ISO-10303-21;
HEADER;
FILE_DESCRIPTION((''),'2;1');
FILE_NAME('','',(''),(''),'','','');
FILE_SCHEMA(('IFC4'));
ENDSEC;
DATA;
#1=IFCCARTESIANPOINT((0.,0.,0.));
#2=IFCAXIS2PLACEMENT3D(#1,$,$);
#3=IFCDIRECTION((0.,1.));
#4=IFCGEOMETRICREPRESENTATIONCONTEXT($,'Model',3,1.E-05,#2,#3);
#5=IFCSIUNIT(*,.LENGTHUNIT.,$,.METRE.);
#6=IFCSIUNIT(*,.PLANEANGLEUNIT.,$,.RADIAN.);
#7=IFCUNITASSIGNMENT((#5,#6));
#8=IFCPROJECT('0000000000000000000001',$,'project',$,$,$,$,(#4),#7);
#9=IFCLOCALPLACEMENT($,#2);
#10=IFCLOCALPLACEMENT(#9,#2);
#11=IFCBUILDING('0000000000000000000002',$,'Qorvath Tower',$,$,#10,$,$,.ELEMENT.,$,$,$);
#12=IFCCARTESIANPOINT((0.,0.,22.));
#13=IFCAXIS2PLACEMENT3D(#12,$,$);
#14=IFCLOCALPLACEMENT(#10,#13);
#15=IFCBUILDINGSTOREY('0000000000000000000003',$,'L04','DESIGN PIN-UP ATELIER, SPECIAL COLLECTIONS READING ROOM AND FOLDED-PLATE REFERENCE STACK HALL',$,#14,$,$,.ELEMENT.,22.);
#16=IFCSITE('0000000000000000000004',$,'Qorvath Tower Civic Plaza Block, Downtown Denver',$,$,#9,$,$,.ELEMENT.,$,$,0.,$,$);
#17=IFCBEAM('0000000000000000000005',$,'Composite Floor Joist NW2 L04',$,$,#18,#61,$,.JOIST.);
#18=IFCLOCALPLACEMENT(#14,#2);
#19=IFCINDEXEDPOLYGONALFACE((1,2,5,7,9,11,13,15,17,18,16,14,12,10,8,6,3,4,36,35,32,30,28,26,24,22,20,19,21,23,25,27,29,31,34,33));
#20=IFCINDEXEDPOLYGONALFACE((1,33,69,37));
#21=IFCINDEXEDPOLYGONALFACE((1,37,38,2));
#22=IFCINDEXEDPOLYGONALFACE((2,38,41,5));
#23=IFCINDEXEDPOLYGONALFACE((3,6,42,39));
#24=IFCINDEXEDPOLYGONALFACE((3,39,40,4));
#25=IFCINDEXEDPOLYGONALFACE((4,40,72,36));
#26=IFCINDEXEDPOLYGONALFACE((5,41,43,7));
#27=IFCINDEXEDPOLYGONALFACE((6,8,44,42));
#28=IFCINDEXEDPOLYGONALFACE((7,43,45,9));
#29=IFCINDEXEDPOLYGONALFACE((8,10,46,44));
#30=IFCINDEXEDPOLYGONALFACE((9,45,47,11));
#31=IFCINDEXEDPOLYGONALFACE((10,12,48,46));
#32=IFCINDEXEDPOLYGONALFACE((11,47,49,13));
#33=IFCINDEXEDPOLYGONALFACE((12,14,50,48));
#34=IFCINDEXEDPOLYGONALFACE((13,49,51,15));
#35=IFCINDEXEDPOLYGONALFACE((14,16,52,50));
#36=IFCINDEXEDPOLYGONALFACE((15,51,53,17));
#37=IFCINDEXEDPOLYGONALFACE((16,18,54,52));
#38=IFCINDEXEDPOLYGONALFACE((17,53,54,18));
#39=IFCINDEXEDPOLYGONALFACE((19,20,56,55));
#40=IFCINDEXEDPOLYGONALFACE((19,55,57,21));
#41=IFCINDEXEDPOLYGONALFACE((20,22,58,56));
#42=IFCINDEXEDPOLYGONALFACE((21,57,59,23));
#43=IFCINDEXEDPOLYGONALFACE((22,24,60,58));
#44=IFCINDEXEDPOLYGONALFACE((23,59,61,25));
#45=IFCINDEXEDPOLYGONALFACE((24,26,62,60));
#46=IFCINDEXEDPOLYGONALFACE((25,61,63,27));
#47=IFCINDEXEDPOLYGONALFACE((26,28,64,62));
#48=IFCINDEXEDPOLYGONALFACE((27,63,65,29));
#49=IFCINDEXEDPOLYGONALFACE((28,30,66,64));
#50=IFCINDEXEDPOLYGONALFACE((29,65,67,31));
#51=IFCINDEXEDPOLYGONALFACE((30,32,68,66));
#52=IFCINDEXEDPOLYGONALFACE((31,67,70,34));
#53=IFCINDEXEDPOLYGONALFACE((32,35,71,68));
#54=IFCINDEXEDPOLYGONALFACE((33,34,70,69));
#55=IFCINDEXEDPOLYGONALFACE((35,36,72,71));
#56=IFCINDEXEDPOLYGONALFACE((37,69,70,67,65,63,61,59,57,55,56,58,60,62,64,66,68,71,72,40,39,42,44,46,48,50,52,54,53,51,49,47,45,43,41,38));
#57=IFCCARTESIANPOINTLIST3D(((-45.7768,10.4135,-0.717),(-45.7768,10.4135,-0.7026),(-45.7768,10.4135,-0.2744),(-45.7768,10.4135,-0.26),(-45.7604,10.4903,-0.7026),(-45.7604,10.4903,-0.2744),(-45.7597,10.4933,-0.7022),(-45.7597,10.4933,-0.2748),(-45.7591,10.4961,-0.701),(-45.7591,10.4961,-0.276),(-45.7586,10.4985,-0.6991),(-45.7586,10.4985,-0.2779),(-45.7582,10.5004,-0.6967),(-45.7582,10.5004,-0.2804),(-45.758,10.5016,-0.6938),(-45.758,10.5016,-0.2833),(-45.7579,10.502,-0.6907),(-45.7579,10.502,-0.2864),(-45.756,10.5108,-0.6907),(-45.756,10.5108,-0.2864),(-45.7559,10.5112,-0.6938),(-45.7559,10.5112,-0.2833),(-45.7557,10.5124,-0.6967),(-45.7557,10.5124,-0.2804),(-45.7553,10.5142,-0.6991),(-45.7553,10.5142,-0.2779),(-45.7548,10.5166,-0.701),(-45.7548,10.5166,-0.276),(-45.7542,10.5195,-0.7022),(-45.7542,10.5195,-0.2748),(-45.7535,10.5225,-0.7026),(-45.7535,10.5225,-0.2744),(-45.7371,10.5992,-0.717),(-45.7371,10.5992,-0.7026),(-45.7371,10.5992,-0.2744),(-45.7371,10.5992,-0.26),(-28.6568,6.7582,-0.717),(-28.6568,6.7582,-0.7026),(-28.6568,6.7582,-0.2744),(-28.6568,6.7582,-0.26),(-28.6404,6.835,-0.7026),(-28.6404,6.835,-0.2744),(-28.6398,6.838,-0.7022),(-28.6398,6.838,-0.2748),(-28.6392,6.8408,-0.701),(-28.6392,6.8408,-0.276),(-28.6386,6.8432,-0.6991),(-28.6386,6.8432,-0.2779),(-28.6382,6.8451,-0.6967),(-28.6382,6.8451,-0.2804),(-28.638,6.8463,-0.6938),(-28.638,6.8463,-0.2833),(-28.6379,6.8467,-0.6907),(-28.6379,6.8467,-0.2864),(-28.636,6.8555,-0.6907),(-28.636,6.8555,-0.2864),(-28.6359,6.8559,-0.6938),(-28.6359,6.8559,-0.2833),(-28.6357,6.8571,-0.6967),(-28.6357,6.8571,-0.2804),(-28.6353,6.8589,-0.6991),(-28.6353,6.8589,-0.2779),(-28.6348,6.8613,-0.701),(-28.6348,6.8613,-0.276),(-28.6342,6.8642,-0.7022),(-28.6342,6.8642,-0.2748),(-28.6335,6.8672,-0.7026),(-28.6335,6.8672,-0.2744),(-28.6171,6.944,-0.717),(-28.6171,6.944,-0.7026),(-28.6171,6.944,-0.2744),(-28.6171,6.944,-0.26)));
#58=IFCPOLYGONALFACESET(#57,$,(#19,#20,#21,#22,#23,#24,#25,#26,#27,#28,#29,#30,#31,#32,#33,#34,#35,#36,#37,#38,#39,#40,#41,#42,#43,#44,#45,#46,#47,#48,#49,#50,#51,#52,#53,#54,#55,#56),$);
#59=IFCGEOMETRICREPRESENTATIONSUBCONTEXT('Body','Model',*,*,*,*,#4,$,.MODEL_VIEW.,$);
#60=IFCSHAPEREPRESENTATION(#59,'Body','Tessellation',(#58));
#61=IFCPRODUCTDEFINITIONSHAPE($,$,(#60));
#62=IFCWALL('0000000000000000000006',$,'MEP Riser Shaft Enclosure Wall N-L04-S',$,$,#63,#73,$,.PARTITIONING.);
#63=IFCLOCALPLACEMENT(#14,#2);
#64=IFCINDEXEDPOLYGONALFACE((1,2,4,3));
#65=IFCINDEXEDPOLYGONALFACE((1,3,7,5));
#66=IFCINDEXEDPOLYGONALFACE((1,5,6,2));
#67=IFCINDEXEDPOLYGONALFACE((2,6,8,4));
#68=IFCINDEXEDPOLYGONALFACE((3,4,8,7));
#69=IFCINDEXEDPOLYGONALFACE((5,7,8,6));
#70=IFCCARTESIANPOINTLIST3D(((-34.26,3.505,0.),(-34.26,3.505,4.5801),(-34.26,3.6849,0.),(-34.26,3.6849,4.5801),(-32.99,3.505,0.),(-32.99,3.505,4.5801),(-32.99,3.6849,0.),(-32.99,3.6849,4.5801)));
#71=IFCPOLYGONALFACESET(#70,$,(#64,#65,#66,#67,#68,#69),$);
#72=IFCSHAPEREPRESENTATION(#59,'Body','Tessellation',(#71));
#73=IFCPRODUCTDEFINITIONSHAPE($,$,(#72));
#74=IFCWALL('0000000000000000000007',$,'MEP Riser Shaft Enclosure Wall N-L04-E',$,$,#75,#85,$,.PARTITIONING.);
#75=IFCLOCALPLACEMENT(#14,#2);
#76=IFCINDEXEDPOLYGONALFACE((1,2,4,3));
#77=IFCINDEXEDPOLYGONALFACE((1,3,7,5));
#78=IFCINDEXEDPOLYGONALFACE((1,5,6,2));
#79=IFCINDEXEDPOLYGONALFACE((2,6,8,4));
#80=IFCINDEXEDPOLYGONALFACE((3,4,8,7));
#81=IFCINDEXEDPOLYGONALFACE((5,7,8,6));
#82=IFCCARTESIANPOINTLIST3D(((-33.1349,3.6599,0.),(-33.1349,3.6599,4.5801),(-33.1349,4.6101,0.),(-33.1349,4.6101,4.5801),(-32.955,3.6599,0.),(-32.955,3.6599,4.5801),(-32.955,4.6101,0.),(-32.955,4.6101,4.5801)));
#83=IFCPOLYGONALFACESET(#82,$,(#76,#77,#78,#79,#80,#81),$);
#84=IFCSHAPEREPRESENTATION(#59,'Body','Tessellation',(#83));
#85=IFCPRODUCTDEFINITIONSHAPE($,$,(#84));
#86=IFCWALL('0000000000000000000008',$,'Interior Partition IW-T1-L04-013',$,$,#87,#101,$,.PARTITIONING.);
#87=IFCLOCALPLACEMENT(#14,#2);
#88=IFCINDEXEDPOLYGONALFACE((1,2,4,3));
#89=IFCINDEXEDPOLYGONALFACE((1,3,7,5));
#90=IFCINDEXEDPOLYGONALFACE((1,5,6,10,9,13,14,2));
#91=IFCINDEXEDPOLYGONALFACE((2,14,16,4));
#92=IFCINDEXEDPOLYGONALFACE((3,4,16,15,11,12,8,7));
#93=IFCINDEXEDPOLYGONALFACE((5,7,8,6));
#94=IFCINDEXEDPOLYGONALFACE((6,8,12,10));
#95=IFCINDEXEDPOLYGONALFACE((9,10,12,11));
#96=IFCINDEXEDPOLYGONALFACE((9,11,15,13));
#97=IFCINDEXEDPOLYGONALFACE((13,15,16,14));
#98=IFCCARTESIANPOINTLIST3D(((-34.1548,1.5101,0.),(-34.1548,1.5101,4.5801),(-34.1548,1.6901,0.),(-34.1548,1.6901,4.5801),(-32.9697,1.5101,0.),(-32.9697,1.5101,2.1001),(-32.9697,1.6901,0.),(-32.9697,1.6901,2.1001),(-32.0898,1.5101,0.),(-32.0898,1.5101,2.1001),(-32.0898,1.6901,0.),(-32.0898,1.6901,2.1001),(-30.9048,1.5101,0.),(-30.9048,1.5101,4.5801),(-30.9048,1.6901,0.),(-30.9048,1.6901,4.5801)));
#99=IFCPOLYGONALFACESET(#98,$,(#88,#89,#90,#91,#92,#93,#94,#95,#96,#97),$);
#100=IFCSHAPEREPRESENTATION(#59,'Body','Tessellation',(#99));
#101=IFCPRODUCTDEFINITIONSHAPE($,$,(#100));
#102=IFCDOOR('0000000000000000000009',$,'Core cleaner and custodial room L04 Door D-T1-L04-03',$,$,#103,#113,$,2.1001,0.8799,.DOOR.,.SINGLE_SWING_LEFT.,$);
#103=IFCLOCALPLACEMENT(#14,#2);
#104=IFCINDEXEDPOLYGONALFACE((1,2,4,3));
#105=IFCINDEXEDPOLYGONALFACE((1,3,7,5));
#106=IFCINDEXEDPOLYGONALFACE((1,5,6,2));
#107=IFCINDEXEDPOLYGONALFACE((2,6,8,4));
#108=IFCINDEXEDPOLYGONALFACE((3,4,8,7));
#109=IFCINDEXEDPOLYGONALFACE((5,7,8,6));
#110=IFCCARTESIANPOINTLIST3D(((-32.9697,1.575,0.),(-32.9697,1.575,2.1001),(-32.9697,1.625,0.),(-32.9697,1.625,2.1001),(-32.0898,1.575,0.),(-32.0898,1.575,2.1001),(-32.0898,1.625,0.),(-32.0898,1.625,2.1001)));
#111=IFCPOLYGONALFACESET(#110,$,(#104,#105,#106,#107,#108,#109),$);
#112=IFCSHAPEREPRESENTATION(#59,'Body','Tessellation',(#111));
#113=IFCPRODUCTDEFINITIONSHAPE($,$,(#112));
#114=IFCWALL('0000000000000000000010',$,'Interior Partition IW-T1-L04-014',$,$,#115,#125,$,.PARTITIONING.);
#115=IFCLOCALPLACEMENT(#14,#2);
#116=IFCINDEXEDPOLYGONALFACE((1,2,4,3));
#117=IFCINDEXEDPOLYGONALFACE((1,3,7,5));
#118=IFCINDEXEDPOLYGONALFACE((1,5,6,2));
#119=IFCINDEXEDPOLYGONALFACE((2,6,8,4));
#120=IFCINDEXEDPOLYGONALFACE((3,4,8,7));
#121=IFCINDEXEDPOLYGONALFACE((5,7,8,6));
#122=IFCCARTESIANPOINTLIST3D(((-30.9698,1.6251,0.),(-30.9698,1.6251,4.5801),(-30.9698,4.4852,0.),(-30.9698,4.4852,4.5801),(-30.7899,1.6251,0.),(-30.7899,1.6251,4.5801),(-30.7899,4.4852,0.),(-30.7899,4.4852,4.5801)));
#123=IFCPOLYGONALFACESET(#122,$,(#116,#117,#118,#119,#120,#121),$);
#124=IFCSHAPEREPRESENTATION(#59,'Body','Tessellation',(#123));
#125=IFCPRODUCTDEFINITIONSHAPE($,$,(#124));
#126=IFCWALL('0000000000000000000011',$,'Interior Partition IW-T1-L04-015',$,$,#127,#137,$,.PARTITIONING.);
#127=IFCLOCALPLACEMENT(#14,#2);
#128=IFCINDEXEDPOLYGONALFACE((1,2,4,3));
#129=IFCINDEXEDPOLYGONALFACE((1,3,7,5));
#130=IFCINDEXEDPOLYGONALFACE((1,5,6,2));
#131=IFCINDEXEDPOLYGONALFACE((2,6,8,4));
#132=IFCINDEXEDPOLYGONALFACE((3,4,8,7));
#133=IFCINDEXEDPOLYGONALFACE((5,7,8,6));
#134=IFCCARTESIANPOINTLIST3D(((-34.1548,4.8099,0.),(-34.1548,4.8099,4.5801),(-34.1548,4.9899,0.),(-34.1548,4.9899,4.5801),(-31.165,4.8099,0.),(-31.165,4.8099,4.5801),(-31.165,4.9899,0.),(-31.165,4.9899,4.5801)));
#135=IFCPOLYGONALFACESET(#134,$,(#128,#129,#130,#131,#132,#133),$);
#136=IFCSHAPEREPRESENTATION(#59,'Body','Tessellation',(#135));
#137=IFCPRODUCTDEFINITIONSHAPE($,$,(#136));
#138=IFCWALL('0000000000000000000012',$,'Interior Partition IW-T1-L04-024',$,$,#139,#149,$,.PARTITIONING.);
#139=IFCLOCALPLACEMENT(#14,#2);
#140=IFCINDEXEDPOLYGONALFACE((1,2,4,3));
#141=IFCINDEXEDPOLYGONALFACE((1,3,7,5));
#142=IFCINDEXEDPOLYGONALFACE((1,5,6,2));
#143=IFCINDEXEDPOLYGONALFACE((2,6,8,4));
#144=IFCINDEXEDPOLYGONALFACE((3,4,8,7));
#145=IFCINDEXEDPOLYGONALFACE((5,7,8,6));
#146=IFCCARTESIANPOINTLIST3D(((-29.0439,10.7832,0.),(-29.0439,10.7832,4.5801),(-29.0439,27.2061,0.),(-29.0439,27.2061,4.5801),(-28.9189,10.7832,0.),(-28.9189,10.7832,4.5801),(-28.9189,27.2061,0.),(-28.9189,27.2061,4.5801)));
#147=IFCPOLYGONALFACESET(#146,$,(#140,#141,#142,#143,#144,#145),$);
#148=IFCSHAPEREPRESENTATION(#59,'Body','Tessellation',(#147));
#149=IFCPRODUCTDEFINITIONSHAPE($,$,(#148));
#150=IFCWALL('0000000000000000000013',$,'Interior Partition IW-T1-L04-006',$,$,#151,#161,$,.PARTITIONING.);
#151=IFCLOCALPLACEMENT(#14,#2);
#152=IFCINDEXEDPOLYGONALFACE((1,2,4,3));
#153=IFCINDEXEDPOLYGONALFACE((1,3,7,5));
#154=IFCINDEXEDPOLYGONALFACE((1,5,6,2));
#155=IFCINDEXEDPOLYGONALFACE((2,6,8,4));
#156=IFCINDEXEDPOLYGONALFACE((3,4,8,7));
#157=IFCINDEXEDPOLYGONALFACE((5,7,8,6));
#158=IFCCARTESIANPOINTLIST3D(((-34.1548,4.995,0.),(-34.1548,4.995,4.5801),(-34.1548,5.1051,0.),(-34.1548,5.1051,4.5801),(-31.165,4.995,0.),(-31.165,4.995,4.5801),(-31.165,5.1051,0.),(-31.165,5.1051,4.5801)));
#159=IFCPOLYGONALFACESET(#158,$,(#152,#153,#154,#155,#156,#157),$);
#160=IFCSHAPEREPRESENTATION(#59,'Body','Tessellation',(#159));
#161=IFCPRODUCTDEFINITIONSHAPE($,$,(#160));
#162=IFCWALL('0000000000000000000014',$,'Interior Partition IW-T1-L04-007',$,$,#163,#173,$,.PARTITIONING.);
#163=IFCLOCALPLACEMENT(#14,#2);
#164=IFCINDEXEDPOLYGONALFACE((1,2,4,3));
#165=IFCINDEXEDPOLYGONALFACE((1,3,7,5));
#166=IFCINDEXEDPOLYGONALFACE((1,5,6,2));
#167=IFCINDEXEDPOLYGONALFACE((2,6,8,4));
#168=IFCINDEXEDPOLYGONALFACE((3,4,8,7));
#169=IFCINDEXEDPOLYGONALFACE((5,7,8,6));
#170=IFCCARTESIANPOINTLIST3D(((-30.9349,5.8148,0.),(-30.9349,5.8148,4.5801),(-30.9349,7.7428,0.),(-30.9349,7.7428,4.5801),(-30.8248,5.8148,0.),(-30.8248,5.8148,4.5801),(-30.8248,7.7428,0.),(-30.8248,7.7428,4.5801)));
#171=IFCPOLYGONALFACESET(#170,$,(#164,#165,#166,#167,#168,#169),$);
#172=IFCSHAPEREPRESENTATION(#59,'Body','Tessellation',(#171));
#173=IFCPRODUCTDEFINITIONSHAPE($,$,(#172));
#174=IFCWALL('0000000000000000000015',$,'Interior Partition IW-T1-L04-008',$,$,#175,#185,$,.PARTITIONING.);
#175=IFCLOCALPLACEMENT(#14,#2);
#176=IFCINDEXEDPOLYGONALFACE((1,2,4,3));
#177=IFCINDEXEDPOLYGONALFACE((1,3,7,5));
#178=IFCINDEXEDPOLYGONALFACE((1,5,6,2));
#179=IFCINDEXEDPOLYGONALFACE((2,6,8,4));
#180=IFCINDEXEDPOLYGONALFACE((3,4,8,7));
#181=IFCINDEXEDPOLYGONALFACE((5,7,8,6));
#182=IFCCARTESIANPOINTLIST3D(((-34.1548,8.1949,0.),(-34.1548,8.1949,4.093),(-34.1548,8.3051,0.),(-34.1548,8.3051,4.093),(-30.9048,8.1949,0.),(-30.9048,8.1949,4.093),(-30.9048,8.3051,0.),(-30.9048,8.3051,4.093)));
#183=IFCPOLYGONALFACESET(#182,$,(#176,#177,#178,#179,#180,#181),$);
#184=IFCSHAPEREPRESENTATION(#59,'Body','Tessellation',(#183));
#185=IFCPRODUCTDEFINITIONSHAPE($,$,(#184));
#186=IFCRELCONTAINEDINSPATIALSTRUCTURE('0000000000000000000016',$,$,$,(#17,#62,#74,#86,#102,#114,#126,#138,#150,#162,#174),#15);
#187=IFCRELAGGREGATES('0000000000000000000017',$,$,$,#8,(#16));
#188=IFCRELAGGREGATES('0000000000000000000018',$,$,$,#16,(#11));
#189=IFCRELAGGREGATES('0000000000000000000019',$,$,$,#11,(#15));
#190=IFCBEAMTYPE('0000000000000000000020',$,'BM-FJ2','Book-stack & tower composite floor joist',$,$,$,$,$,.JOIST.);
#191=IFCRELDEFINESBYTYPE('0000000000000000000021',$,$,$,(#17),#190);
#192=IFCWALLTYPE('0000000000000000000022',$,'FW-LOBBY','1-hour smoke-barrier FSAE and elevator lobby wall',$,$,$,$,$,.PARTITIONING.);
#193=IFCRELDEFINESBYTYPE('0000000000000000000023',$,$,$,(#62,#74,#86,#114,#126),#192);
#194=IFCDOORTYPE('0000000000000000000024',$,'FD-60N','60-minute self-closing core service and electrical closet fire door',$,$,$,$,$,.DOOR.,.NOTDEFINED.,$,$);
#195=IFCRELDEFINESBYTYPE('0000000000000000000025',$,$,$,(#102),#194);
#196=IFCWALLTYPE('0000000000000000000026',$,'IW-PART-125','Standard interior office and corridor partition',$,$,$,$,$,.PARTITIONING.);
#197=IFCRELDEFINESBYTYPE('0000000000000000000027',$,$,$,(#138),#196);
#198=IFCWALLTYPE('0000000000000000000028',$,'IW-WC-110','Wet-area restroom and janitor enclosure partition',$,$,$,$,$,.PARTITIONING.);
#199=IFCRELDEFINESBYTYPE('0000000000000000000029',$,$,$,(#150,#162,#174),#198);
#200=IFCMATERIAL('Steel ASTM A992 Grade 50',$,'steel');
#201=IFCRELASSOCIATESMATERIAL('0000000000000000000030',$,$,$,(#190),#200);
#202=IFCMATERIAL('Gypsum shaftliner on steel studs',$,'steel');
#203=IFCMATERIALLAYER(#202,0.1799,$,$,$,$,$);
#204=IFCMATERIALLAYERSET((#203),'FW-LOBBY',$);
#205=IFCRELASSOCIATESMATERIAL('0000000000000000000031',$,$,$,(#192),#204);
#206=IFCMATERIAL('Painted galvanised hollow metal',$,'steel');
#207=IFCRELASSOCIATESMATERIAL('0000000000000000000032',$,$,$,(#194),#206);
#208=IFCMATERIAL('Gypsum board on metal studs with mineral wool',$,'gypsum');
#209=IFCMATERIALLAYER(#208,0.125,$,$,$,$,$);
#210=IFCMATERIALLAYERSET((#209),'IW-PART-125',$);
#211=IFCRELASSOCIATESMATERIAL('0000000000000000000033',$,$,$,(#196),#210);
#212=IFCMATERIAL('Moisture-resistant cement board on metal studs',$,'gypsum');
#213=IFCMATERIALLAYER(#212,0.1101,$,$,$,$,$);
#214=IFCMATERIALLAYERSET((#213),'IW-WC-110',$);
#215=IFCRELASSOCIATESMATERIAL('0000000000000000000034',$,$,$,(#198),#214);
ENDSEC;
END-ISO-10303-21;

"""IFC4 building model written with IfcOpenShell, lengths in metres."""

from ifc_helpers import new_model, si_unit, direction, frame, frame_2d, origin, origin_2d, place, context, subcontext, project, spatial, rectangle, i_section, extrude, material, layer, layer_set, material_profile, profile_set, type_object, element, fill, save


model = new_model("IFC4")

# Units and contexts
model_context = context("Model", 3, precision=1e-05, world=origin(), true_north=direction((0.0, 1.0)))
body_context = subcontext(model_context, "Body", "Model", "MODEL_VIEW")
ifc_project = project(units=[si_unit("LENGTHUNIT", "METRE"), si_unit("PLANEANGLEUNIT", "RADIAN")], contexts=[model_context])

# Site, building, storey
site_placement = place(None, origin())
site = spatial("IfcSite", under=ifc_project, at=site_placement, Name="Qorvath Tower Civic Plaza Block, Downtown Denver", CompositionType="ELEMENT", RefElevation=0.0)
building_placement = place(site_placement, origin())
building = spatial("IfcBuilding", under=site, at=building_placement, Name="Qorvath Tower", CompositionType="ELEMENT")
storey_placement = place(building_placement, frame((0.0, 0.0, 22.0)))
storey = spatial("IfcBuildingStorey", under=building, at=storey_placement, Name="L04", Description="DESIGN PIN-UP ATELIER, SPECIAL COLLECTIONS READING ROOM AND FOLDED-PLATE REFERENCE STACK HALL", CompositionType="ELEMENT", Elevation=22.0)

# Beam
ifc_material_1 = material(Name="Steel ASTM A992 Grade 50", Category="steel")
ifc_material_profile_1 = material_profile(ifc_material_1, i_section(OverallWidth=0.1899, OverallDepth=0.457, WebThickness=0.009, FlangeThickness=0.0144, FilletRadius=0.012, at=origin_2d()), Name="W18x50")
ifc_profile_set_1 = profile_set([ifc_material_profile_1], Name="Steel ASTM A992 Grade 50")
beam_type_1 = type_object("IfcBeamType", Name="BM-FJ2", Description="Book-stack & tower composite floor joist", PredefinedType="JOIST", material=ifc_profile_set_1)
beam_1_placement = place(storey_placement, frame((-28.637, 6.8511, -0.4885), z_axis=(-0.977957, 0.208804, 0.0), x_axis=(-0.208804, -0.977957, 0.0)))
element("IfcBeam", 1, at=beam_1_placement, inside=storey, type_object=beam_type_1, Name="Composite Floor Joist NW2 L04", PredefinedType="JOIST", context=body_context, shape_type="SweptSolid", body=[
    extrude(i_section(OverallWidth=0.1899, OverallDepth=0.457, WebThickness=0.009, FlangeThickness=0.0144, FilletRadius=0.012, at=origin_2d()), origin(), (0.0, 0.0, 1.0), 17.5059),
])

# Walls
ifc_material_2 = material(Name="Gypsum shaftliner on steel studs", Category="steel")
ifc_layer_1 = layer(ifc_material_2, 0.1799)
ifc_layer_set_1 = layer_set([ifc_layer_1], Name="FW-LOBBY")
wall_type_1 = type_object("IfcWallType", Name="FW-LOBBY", Description="1-hour smoke-barrier FSAE and elevator lobby wall", PredefinedType="PARTITIONING", material=ifc_layer_set_1)
wall_1_placement = place(storey_placement, frame((-32.99, 3.595, 0.0), z_axis=(0.0, 0.0, 1.0), x_axis=(-1.0, 0.0, 0.0)))
element("IfcWall", 2, at=wall_1_placement, inside=storey, type_object=wall_type_1, Name="MEP Riser Shaft Enclosure Wall N-L04-S", PredefinedType="PARTITIONING", context=body_context, shape_type="SweptSolid", body=[
    extrude(rectangle(XDim=1.27, YDim=0.1799, at=frame_2d((0.635, 0.0))), origin(), (0.0, 0.0, 1.0), 4.5801),
])
wall_2_placement = place(storey_placement, frame((-33.0449, 4.6101, 0.0), z_axis=(0.0, 0.0, 1.0), x_axis=(0.0, -1.0, 0.0)))
element("IfcWall", 3, at=wall_2_placement, inside=storey, type_object=wall_type_1, Name="MEP Riser Shaft Enclosure Wall N-L04-E", PredefinedType="PARTITIONING", context=body_context, shape_type="SweptSolid", body=[
    extrude(rectangle(XDim=0.9502, YDim=0.1799, at=frame_2d((0.4751, 0.0))), origin(), (0.0, 0.0, 1.0), 4.5801),
])

# Wall, opening, door
wall_3_placement = place(storey_placement, frame((-34.1548, 1.6001, 0.0), z_axis=(0.0, 0.0, 1.0), x_axis=(1.0, 0.0, 0.0)))
wall_3 = element("IfcWall", 4, at=wall_3_placement, inside=storey, type_object=wall_type_1, Name="Interior Partition IW-T1-L04-013", PredefinedType="PARTITIONING", context=body_context, shape_type="SweptSolid", body=[
    extrude(rectangle(XDim=3.25, YDim=0.1799, at=frame_2d((1.625, 0.0))), origin(), (0.0, 0.0, 1.0), 4.5801),
])
opening_placement = place(wall_3_placement, frame((1.1851, 0.0, 0.0)))
opening = element("IfcOpeningElement", 5, at=opening_placement, cuts=wall_3, PredefinedType="OPENING", context=body_context, shape_type="SweptSolid", body=[
    extrude(rectangle(XDim=0.8799, YDim=2.1001, at=frame_2d((0.4399, 1.05))), frame((0.0, 0.1001, 0.0), z_axis=(0.0, -1.0, 0.0), x_axis=(1.0, 0.0, 0.0)), (0.0, 0.0, 1.0), 0.2),
])
ifc_material_3 = material(Name="Painted galvanised hollow metal", Category="steel")
door_type = type_object("IfcDoorType", Name="FD-60N", Description="60-minute self-closing core service and electrical closet fire door", OperationType="NOTDEFINED", PredefinedType="DOOR", material=ifc_material_3)
door_placement = place(opening_placement, origin())
door = element("IfcDoor", 6, at=door_placement, inside=storey, type_object=door_type, Name="Core cleaner and custodial room L04 Door D-T1-L04-03", OperationType="SINGLE_SWING_LEFT", OverallHeight=2.1001, OverallWidth=0.8799, PredefinedType="DOOR", context=body_context, shape_type="SweptSolid", body=[
    extrude(rectangle(XDim=0.8799, YDim=2.1001, at=frame_2d((0.4399, 1.05))), frame((0.0, 0.0249, 0.0), z_axis=(0.0, -1.0, 0.0), x_axis=(1.0, 0.0, 0.0)), (0.0, 0.0, 1.0), 0.05),
])
fill(opening, door)

# Walls
wall_4_placement = place(storey_placement, frame((-30.8799, 1.625, 0.0), z_axis=(0.0, 0.0, 1.0), x_axis=(0.0, 1.0, 0.0)))
element("IfcWall", 7, at=wall_4_placement, inside=storey, type_object=wall_type_1, Name="Interior Partition IW-T1-L04-014", PredefinedType="PARTITIONING", context=body_context, shape_type="SweptSolid", body=[
    extrude(rectangle(XDim=2.8601, YDim=0.1799, at=frame_2d((1.4302, 0.0))), origin(), (0.0, 0.0, 1.0), 4.5801),
])
wall_5_placement = place(storey_placement, frame((-31.165, 4.8999, 0.0), z_axis=(0.0, 0.0, 1.0), x_axis=(-1.0, 0.0, 0.0)))
element("IfcWall", 8, at=wall_5_placement, inside=storey, type_object=wall_type_1, Name="Interior Partition IW-T1-L04-015", PredefinedType="PARTITIONING", context=body_context, shape_type="SweptSolid", body=[
    extrude(rectangle(XDim=2.9897, YDim=0.1799, at=frame_2d((1.4949, 0.0))), origin(), (0.0, 0.0, 1.0), 4.5801),
])
ifc_material_4 = material(Name="Gypsum board on metal studs with mineral wool", Category="gypsum")
ifc_layer_2 = layer(ifc_material_4, 0.125)
ifc_layer_set_2 = layer_set([ifc_layer_2], Name="IW-PART-125")
wall_type_2 = type_object("IfcWallType", Name="IW-PART-125", Description="Standard interior office and corridor partition", PredefinedType="PARTITIONING", material=ifc_layer_set_2)
wall_6_placement = place(storey_placement, frame((-28.9814, 10.7832, 0.0), z_axis=(0.0, 0.0, 1.0), x_axis=(0.0, 1.0, 0.0)))
element("IfcWall", 9, at=wall_6_placement, inside=storey, type_object=wall_type_2, Name="Interior Partition IW-T1-L04-024", PredefinedType="PARTITIONING", context=body_context, shape_type="SweptSolid", body=[
    extrude(rectangle(XDim=16.4229, YDim=0.125, at=frame_2d((8.2114, 0.0))), origin(), (0.0, 0.0, 1.0), 4.5801),
])
ifc_material_5 = material(Name="Moisture-resistant cement board on metal studs", Category="gypsum")
ifc_layer_3 = layer(ifc_material_5, 0.1101)
ifc_layer_set_3 = layer_set([ifc_layer_3], Name="IW-WC-110")
wall_type_3 = type_object("IfcWallType", Name="IW-WC-110", Description="Wet-area restroom and janitor enclosure partition", PredefinedType="PARTITIONING", material=ifc_layer_set_3)
wall_7_placement = place(storey_placement, frame((-34.1548, 5.05, 0.0), z_axis=(0.0, 0.0, 1.0), x_axis=(1.0, 0.0, 0.0)))
element("IfcWall", 10, at=wall_7_placement, inside=storey, type_object=wall_type_3, Name="Interior Partition IW-T1-L04-006", PredefinedType="PARTITIONING", context=body_context, shape_type="SweptSolid", body=[
    extrude(rectangle(XDim=2.9897, YDim=0.1101, at=frame_2d((1.4949, 0.0))), origin(), (0.0, 0.0, 1.0), 4.5801),
])
wall_8_placement = place(storey_placement, frame((-30.8799, 5.8149, 0.0), z_axis=(0.0, 0.0, 1.0), x_axis=(0.0, 1.0, 0.0)))
element("IfcWall", 11, at=wall_8_placement, inside=storey, type_object=wall_type_3, Name="Interior Partition IW-T1-L04-007", PredefinedType="PARTITIONING", context=body_context, shape_type="SweptSolid", body=[
    extrude(rectangle(XDim=1.928, YDim=0.1101, at=frame_2d((0.9639, 0.0))), origin(), (0.0, 0.0, 1.0), 4.5801),
])
wall_9_placement = place(storey_placement, frame((-30.9048, 8.25, 0.0), z_axis=(0.0, 0.0, 1.0), x_axis=(-1.0, 0.0, 0.0)))
element("IfcWall", 12, at=wall_9_placement, inside=storey, type_object=wall_type_3, Name="Interior Partition IW-T1-L04-008", PredefinedType="PARTITIONING", context=body_context, shape_type="SweptSolid", body=[
    extrude(rectangle(XDim=3.25, YDim=0.1101, at=frame_2d((1.625, 0.0))), origin(), (0.0, 0.0, 1.0), 4.093),
])

save(model, "model.ifc")
